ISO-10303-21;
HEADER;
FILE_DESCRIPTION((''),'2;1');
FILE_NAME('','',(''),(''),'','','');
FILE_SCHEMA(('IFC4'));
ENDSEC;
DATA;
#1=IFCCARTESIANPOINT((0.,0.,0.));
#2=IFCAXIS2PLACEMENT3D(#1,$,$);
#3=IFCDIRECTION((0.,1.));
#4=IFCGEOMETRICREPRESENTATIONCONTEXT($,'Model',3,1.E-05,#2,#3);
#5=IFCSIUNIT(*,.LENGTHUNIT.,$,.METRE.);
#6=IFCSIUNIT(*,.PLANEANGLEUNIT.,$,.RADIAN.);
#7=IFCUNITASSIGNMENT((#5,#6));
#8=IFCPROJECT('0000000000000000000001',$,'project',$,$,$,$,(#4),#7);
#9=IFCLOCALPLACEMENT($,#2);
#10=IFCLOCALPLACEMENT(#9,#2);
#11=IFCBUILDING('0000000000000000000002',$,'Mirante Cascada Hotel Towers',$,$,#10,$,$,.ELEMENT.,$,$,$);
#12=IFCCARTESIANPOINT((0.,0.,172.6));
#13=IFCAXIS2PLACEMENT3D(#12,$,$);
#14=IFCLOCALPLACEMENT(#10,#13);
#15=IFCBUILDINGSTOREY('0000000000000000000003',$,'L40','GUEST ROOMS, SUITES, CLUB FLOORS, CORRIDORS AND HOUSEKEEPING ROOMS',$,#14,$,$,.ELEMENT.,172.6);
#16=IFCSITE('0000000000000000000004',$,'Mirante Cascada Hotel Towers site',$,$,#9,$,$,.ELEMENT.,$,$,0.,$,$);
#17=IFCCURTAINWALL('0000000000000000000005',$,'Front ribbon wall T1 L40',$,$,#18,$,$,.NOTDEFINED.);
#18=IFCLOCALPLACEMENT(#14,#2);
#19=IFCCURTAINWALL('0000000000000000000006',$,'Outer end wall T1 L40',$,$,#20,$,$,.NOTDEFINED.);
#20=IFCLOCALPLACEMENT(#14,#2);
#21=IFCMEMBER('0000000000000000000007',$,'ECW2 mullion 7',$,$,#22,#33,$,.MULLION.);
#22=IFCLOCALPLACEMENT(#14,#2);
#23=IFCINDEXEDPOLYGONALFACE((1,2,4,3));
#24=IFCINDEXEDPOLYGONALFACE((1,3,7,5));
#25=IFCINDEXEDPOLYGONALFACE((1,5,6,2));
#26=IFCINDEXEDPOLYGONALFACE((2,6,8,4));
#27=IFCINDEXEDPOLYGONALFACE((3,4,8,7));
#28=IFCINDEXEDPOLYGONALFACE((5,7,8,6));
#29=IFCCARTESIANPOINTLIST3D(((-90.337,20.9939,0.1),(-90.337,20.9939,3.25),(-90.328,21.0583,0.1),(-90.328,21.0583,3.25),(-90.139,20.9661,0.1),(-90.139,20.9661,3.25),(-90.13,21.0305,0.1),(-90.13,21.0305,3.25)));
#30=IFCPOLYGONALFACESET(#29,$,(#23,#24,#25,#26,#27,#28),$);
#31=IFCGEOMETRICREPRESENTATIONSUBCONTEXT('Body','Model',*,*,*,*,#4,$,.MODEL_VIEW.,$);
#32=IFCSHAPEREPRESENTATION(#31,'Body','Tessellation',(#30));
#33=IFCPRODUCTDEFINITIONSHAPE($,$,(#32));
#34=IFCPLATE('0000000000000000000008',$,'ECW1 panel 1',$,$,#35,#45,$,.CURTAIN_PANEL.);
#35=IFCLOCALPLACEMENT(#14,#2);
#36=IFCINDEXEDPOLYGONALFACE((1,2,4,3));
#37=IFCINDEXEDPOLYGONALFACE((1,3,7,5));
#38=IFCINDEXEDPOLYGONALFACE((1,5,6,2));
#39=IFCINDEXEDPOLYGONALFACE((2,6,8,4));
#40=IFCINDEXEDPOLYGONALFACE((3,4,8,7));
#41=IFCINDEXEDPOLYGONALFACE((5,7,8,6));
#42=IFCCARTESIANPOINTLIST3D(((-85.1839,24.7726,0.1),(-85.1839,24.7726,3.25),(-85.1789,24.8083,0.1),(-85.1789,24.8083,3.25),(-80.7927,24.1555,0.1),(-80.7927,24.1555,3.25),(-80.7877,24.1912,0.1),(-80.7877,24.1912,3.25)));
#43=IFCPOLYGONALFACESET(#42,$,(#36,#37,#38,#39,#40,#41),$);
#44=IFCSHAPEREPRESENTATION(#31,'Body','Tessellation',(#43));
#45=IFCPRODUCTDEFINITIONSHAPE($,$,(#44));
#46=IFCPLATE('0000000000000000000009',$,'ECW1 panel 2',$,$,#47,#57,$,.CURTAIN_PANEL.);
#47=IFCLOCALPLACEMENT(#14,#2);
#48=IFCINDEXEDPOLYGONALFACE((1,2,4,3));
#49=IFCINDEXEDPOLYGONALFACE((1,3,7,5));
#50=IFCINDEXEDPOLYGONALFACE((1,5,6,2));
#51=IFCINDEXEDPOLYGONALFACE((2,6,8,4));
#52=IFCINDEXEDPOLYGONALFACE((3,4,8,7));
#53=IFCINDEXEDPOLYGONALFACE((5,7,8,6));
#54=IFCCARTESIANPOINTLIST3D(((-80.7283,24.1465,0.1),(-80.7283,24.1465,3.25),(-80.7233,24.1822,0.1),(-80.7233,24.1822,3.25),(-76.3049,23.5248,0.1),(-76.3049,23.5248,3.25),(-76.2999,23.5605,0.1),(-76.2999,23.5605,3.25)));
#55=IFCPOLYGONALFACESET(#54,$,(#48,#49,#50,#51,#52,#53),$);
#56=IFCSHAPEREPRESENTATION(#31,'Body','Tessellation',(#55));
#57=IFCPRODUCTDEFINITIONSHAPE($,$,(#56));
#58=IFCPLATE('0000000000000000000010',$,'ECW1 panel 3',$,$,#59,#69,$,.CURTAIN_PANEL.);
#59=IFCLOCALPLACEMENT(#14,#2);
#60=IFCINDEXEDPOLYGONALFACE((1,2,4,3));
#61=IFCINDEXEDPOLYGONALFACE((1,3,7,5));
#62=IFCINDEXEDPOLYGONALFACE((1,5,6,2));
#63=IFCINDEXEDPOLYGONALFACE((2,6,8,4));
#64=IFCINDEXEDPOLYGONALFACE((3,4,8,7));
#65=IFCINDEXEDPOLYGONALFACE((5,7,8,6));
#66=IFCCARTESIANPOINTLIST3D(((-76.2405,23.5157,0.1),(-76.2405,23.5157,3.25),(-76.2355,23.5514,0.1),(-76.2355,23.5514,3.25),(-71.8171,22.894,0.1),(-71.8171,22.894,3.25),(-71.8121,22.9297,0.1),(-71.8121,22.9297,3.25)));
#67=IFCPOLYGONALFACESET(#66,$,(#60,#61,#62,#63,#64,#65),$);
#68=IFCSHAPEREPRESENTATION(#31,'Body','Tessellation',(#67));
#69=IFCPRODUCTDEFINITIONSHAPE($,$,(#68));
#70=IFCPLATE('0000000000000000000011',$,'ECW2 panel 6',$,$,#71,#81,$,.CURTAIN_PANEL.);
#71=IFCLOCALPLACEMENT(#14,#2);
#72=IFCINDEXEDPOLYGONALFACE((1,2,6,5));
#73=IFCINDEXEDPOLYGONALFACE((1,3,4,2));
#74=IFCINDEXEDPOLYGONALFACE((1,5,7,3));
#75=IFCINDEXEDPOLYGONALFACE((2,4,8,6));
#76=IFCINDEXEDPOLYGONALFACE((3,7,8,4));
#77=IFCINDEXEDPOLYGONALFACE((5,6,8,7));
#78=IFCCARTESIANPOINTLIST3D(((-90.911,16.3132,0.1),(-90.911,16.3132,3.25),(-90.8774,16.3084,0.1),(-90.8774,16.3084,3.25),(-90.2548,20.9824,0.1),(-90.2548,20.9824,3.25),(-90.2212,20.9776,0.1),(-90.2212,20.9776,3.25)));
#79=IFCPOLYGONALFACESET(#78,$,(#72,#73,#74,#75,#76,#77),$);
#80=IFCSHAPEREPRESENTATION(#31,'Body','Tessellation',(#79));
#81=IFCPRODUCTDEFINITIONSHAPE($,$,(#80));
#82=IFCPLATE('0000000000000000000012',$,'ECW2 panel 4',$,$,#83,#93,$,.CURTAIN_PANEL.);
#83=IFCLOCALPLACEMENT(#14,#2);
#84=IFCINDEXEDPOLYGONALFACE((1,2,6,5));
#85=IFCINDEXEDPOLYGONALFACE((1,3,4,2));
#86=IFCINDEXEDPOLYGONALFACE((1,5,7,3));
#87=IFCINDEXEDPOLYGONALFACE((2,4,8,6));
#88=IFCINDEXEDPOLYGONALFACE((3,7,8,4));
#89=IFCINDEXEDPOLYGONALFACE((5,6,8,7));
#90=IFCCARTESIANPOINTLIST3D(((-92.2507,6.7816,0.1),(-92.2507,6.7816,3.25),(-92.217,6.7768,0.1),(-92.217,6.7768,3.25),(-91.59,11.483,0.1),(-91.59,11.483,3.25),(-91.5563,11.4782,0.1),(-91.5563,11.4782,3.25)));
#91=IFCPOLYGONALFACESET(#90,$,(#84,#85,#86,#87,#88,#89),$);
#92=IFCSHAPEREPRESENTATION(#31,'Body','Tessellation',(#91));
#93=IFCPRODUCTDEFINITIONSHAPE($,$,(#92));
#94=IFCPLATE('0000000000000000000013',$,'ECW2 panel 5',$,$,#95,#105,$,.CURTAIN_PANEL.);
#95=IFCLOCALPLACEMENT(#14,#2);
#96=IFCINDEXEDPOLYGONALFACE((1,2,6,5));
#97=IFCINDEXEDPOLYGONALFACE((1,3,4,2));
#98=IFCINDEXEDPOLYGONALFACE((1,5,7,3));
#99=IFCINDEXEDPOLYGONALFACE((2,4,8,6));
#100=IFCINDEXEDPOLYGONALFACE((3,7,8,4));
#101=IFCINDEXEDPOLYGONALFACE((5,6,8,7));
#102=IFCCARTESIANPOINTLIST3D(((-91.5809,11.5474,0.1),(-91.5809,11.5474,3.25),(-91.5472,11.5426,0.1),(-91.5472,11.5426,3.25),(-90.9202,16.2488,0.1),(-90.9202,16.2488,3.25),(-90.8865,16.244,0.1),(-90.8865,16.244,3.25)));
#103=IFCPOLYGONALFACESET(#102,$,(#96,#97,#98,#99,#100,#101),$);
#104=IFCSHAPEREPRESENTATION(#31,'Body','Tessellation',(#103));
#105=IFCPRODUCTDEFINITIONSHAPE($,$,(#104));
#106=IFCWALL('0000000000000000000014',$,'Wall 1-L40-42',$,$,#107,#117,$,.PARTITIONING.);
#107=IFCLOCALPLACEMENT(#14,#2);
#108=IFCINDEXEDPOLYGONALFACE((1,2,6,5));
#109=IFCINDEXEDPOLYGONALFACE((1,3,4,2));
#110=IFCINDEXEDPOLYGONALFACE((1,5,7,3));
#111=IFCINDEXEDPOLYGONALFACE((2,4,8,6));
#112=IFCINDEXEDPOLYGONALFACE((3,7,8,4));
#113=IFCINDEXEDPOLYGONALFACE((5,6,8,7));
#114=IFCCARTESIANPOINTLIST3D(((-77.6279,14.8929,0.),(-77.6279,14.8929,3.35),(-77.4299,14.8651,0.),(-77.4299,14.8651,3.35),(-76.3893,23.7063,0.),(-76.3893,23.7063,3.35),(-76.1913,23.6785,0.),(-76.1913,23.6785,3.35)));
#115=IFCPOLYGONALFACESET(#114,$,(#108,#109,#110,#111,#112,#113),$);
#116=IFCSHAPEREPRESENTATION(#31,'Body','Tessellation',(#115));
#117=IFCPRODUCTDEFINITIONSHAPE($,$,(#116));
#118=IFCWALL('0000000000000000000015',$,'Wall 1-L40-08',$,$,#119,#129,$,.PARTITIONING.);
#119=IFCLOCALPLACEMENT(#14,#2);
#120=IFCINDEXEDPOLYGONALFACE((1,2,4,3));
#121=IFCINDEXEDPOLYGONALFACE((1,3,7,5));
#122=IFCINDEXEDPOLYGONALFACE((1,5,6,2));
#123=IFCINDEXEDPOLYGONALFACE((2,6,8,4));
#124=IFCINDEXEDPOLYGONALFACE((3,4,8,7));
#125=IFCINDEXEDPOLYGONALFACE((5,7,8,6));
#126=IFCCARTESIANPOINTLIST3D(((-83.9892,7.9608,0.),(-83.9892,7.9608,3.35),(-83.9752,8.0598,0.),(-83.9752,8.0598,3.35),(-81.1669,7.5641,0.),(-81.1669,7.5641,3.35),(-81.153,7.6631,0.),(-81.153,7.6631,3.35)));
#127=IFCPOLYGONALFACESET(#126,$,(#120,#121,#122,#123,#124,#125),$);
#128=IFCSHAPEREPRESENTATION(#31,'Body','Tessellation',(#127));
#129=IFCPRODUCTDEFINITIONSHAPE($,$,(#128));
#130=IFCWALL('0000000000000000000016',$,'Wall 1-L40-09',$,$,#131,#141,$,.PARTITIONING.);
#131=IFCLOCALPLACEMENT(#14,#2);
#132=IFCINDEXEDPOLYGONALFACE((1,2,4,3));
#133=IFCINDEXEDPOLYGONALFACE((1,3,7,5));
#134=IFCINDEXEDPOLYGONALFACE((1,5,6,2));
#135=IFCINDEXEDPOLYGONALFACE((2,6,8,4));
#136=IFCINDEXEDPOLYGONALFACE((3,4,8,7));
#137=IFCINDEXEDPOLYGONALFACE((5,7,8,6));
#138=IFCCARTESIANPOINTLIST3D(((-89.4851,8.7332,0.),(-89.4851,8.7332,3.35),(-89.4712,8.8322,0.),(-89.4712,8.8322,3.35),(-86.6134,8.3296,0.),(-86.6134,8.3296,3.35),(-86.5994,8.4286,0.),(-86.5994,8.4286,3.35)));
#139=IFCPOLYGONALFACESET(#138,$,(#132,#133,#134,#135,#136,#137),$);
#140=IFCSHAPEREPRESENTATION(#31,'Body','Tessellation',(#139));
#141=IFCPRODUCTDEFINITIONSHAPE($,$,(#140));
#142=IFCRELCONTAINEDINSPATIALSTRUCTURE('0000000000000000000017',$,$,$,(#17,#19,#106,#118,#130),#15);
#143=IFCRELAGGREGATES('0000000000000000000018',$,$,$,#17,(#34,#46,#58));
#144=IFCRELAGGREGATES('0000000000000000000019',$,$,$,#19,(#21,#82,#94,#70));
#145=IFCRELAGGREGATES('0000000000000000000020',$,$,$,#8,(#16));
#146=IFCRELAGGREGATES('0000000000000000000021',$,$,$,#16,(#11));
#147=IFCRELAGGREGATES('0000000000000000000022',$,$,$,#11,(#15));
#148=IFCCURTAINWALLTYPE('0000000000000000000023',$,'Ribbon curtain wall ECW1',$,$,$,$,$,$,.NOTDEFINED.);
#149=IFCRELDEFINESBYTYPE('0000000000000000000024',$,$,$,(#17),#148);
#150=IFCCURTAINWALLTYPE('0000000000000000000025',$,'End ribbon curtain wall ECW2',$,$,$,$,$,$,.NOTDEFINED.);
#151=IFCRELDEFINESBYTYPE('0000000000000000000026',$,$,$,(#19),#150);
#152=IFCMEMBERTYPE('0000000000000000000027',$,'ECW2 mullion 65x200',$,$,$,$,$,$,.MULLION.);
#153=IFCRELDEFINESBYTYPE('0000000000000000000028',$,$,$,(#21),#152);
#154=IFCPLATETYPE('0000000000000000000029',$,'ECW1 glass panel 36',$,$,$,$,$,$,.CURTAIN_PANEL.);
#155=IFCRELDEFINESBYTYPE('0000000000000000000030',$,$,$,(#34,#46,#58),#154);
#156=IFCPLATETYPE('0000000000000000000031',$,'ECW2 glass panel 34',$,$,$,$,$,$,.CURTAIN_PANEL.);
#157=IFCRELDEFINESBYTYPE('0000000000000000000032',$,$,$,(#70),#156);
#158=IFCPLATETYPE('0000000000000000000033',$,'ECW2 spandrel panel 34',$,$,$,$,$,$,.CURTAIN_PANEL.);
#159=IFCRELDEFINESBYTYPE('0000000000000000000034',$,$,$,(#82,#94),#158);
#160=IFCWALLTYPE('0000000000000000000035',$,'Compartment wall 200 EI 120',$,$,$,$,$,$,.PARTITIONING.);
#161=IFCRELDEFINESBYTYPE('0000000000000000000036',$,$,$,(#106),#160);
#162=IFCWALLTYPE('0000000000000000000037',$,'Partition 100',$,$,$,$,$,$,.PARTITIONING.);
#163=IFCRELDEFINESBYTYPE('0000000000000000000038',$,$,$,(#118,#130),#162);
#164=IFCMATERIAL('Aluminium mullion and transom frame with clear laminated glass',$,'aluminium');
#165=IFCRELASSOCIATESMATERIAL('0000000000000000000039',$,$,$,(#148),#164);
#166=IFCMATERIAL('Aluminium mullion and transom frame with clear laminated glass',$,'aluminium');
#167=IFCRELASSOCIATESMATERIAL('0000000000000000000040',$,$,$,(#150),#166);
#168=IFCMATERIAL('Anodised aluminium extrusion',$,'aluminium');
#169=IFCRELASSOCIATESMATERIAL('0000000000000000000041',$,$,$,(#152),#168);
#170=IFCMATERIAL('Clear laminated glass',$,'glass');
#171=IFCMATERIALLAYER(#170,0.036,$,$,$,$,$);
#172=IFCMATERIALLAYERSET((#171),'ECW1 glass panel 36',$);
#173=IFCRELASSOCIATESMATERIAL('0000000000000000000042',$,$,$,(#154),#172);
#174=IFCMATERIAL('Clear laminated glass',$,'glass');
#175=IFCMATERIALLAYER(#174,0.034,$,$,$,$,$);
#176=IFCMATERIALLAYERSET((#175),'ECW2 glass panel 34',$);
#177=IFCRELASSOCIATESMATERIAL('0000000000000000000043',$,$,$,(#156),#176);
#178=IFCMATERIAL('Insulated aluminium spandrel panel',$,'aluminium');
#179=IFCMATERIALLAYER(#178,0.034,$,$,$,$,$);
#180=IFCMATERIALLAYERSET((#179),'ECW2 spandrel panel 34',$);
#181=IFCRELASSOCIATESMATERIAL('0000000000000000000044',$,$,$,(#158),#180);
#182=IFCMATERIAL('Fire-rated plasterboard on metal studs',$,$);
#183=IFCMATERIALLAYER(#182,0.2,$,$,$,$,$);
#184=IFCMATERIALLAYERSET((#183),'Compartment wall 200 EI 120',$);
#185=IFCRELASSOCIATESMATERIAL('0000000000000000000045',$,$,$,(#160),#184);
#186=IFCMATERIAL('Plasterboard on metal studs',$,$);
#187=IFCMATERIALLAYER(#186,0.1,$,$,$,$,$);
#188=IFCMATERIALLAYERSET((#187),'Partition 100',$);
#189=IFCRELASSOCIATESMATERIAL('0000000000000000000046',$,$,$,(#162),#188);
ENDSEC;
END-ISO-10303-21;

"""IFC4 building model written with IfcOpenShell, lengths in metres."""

from ifc_helpers import new_model, si_unit, direction, frame, frame_2d, origin, origin_2d, place, context, subcontext, project, spatial, rectangle, extrude, material, layer, layer_set, material_profile, profile_set, type_object, element, aggregate, save


model = new_model("IFC4")

# Units and contexts
model_context = context("Model", 3, precision=1e-05, world=origin(), true_north=direction((0.0, 1.0)))
body_context = subcontext(model_context, "Body", "Model", "MODEL_VIEW")
ifc_project = project(units=[si_unit("LENGTHUNIT", "METRE"), si_unit("PLANEANGLEUNIT", "RADIAN")], contexts=[model_context])

# Site, building, storey
site_placement = place(None, origin())
site = spatial("IfcSite", under=ifc_project, at=site_placement, Name="Mirante Cascada Hotel Towers site", CompositionType="ELEMENT", RefElevation=0.0)
building_placement = place(site_placement, origin())
building = spatial("IfcBuilding", under=site, at=building_placement, Name="Mirante Cascada Hotel Towers", CompositionType="ELEMENT")
storey_placement = place(building_placement, frame((0.0, 0.0, 172.6)))
storey = spatial("IfcBuildingStorey", under=building, at=storey_placement, Name="L40", Description="GUEST ROOMS, SUITES, CLUB FLOORS, CORRIDORS AND HOUSEKEEPING ROOMS", CompositionType="ELEMENT", Elevation=172.6)

# Curtain walls, member
ifc_material_1 = material(Name="Aluminium mullion and transom frame with clear laminated glass", Category="aluminium")
curtain_wall_type_1 = type_object("IfcCurtainWallType", Name="Ribbon curtain wall ECW1", PredefinedType="NOTDEFINED", material=ifc_material_1)
curtain_wall_1_placement = place(storey_placement, origin())
curtain_wall_1 = element("IfcCurtainWall", 1, at=curtain_wall_1_placement, inside=storey, type_object=curtain_wall_type_1, Name="Front ribbon wall T1 L40", PredefinedType="NOTDEFINED")
ifc_material_2 = material(Name="Aluminium mullion and transom frame with clear laminated glass", Category="aluminium")
curtain_wall_type_2 = type_object("IfcCurtainWallType", Name="End ribbon curtain wall ECW2", PredefinedType="NOTDEFINED", material=ifc_material_2)
curtain_wall_2_placement = place(storey_placement, origin())
curtain_wall_2 = element("IfcCurtainWall", 2, at=curtain_wall_2_placement, inside=storey, type_object=curtain_wall_type_2, Name="Outer end wall T1 L40", PredefinedType="NOTDEFINED")
ifc_material_3 = material(Name="Anodised aluminium extrusion", Category="aluminium")
ifc_material_profile_1 = material_profile(ifc_material_3, rectangle(XDim=0.2, YDim=0.065, at=origin_2d()), Name="ECW2 MULLION 65x200")
ifc_profile_set_1 = profile_set([ifc_material_profile_1], Name="Anodised aluminium extrusion")
member_type_1 = type_object("IfcMemberType", Name="ECW2 mullion 65x200", PredefinedType="MULLION", material=ifc_profile_set_1)
member_1_placement = place(storey_placement, frame((-90.2335, 21.0122, 0.1), z_axis=(0.0, 0.0, 1.0), x_axis=(-0.990268, 0.139173, 0.0)))
member_1 = element("IfcMember", 3, at=member_1_placement, type_object=member_type_1, Name="ECW2 mullion 7", PredefinedType="MULLION", context=body_context, shape_type="SweptSolid", body=[
    extrude(rectangle(XDim=0.2, YDim=0.065, at=origin_2d()), origin(), (0.0, 0.0, 1.0), 3.15),
])

# Plates
ifc_material_4 = material(Name="Clear laminated glass", Category="glass")
ifc_layer_1 = layer(ifc_material_4, 0.036)
ifc_layer_set_1 = layer_set([ifc_layer_1], Name="ECW1 glass panel 36")
plate_type_1 = type_object("IfcPlateType", Name="ECW1 glass panel 36", PredefinedType="CURTAIN_PANEL", material=ifc_layer_set_1)
plate_1_placement = place(storey_placement, frame((-82.9858, 24.4819, 0.1), z_axis=(0.0, 0.0, 1.0), x_axis=(0.990268, -0.139173, 0.0)))
plate_1 = element("IfcPlate", 4, at=plate_1_placement, type_object=plate_type_1, Name="ECW1 panel 1", PredefinedType="CURTAIN_PANEL", context=body_context, shape_type="SweptSolid", body=[
    extrude(rectangle(XDim=4.4344, YDim=0.036, at=origin_2d()), origin(), (0.0, 0.0, 1.0), 3.15),
])
plate_2_placement = place(storey_placement, frame((-78.5141, 23.8535, 0.1), z_axis=(0.0, 0.0, 1.0), x_axis=(0.990268, -0.139173, 0.0)))
plate_2 = element("IfcPlate", 5, at=plate_2_placement, type_object=plate_type_1, Name="ECW1 panel 2", PredefinedType="CURTAIN_PANEL", context=body_context, shape_type="SweptSolid", body=[
    extrude(rectangle(XDim=4.4669, YDim=0.036, at=origin_2d()), origin(), (0.0, 0.0, 1.0), 3.15),
])
plate_3_placement = place(storey_placement, frame((-74.0263, 23.2227, 0.1), z_axis=(0.0, 0.0, 1.0), x_axis=(0.990268, -0.139173, 0.0)))
plate_3 = element("IfcPlate", 6, at=plate_3_placement, type_object=plate_type_1, Name="ECW1 panel 3", PredefinedType="CURTAIN_PANEL", context=body_context, shape_type="SweptSolid", body=[
    extrude(rectangle(XDim=4.4669, YDim=0.036, at=origin_2d()), origin(), (0.0, 0.0, 1.0), 3.15),
])
aggregate(curtain_wall_1, [plate_1, plate_2, plate_3])
ifc_material_5 = material(Name="Clear laminated glass", Category="glass")
ifc_layer_2 = layer(ifc_material_5, 0.034)
ifc_layer_set_2 = layer_set([ifc_layer_2], Name="ECW2 glass panel 34")
plate_type_2 = type_object("IfcPlateType", Name="ECW2 glass panel 34", PredefinedType="CURTAIN_PANEL", material=ifc_layer_set_2)
plate_4_placement = place(storey_placement, frame((-90.5661, 18.6454, 0.1), z_axis=(0.0, 0.0, 1.0), x_axis=(0.139173, 0.990268, 0.0)))
plate_4 = element("IfcPlate", 7, at=plate_4_placement, type_object=plate_type_2, Name="ECW2 panel 6", PredefinedType="CURTAIN_PANEL", context=body_context, shape_type="SweptSolid", body=[
    extrude(rectangle(XDim=4.7151, YDim=0.034, at=origin_2d()), origin(), (0.0, 0.0, 1.0), 3.15),
])
ifc_material_6 = material(Name="Insulated aluminium spandrel panel", Category="aluminium")
ifc_layer_3 = layer(ifc_material_6, 0.034)
ifc_layer_set_3 = layer_set([ifc_layer_3], Name="ECW2 spandrel panel 34")
plate_type_3 = type_object("IfcPlateType", Name="ECW2 spandrel panel 34", PredefinedType="CURTAIN_PANEL", material=ifc_layer_set_3)
plate_5_placement = place(storey_placement, frame((-91.9035, 9.1299, 0.1), z_axis=(0.0, 0.0, 1.0), x_axis=(0.139173, 0.990268, 0.0)))
plate_5 = element("IfcPlate", 8, at=plate_5_placement, type_object=plate_type_3, Name="ECW2 panel 4", PredefinedType="CURTAIN_PANEL", context=body_context, shape_type="SweptSolid", body=[
    extrude(rectangle(XDim=4.7476, YDim=0.034, at=origin_2d()), origin(), (0.0, 0.0, 1.0), 3.15),
])
plate_6_placement = place(storey_placement, frame((-91.2337, 13.8957, 0.1), z_axis=(0.0, 0.0, 1.0), x_axis=(0.139173, 0.990268, 0.0)))
plate_6 = element("IfcPlate", 9, at=plate_6_placement, type_object=plate_type_3, Name="ECW2 panel 5", PredefinedType="CURTAIN_PANEL", context=body_context, shape_type="SweptSolid", body=[
    extrude(rectangle(XDim=4.7476, YDim=0.034, at=origin_2d()), origin(), (0.0, 0.0, 1.0), 3.15),
])
aggregate(curtain_wall_2, [member_1, plate_5, plate_6, plate_4])

# Walls
ifc_material_7 = material(Name="Fire-rated plasterboard on metal studs")
ifc_layer_4 = layer(ifc_material_7, 0.2)
ifc_layer_set_4 = layer_set([ifc_layer_4], Name="Compartment wall 200 EI 120")
wall_type_1 = type_object("IfcWallType", Name="Compartment wall 200 EI 120", PredefinedType="PARTITIONING", material=ifc_layer_set_4)
wall_1_placement = place(storey_placement, frame((-76.2903, 23.6924, 0.0), z_axis=(0.0, 0.0, 1.0), x_axis=(-0.139168, -0.990269, 0.0)))
element("IfcWall", 10, at=wall_1_placement, inside=storey, type_object=wall_type_1, Name="Wall 1-L40-42", PredefinedType="PARTITIONING", context=body_context, shape_type="SweptSolid", body=[
    extrude(rectangle(XDim=8.9, YDim=0.2, at=frame_2d((4.45, 0.0))), origin(), (0.0, 0.0, 1.0), 3.35),
])
ifc_material_8 = material(Name="Plasterboard on metal studs")
ifc_layer_5 = layer(ifc_material_8, 0.1)
ifc_layer_set_5 = layer_set([ifc_layer_5], Name="Partition 100")
wall_type_2 = type_object("IfcWallType", Name="Partition 100", PredefinedType="PARTITIONING", material=ifc_layer_set_5)
wall_2_placement = place(storey_placement, frame((-83.9822, 8.0103, 0.0), z_axis=(0.0, 0.0, 1.0), x_axis=(0.990266, -0.139191, 0.0)))
element("IfcWall", 11, at=wall_2_placement, inside=storey, type_object=wall_type_2, Name="Wall 1-L40-08", PredefinedType="PARTITIONING", context=body_context, shape_type="SweptSolid", body=[
    extrude(rectangle(XDim=2.85, YDim=0.1, at=frame_2d((1.425, 0.0))), origin(), (0.0, 0.0, 1.0), 3.35),
])
wall_3_placement = place(storey_placement, frame((-86.6064, 8.3791, 0.0), z_axis=(0.0, 0.0, 1.0), x_axis=(-0.990268, 0.139171, 0.0)))
element("IfcWall", 12, at=wall_3_placement, inside=storey, type_object=wall_type_2, Name="Wall 1-L40-09", PredefinedType="PARTITIONING", context=body_context, shape_type="SweptSolid", body=[
    extrude(rectangle(XDim=2.9, YDim=0.1, at=frame_2d((1.45, 0.0))), origin(), (0.0, 0.0, 1.0), 3.35),
])

save(model, "model.ifc")
